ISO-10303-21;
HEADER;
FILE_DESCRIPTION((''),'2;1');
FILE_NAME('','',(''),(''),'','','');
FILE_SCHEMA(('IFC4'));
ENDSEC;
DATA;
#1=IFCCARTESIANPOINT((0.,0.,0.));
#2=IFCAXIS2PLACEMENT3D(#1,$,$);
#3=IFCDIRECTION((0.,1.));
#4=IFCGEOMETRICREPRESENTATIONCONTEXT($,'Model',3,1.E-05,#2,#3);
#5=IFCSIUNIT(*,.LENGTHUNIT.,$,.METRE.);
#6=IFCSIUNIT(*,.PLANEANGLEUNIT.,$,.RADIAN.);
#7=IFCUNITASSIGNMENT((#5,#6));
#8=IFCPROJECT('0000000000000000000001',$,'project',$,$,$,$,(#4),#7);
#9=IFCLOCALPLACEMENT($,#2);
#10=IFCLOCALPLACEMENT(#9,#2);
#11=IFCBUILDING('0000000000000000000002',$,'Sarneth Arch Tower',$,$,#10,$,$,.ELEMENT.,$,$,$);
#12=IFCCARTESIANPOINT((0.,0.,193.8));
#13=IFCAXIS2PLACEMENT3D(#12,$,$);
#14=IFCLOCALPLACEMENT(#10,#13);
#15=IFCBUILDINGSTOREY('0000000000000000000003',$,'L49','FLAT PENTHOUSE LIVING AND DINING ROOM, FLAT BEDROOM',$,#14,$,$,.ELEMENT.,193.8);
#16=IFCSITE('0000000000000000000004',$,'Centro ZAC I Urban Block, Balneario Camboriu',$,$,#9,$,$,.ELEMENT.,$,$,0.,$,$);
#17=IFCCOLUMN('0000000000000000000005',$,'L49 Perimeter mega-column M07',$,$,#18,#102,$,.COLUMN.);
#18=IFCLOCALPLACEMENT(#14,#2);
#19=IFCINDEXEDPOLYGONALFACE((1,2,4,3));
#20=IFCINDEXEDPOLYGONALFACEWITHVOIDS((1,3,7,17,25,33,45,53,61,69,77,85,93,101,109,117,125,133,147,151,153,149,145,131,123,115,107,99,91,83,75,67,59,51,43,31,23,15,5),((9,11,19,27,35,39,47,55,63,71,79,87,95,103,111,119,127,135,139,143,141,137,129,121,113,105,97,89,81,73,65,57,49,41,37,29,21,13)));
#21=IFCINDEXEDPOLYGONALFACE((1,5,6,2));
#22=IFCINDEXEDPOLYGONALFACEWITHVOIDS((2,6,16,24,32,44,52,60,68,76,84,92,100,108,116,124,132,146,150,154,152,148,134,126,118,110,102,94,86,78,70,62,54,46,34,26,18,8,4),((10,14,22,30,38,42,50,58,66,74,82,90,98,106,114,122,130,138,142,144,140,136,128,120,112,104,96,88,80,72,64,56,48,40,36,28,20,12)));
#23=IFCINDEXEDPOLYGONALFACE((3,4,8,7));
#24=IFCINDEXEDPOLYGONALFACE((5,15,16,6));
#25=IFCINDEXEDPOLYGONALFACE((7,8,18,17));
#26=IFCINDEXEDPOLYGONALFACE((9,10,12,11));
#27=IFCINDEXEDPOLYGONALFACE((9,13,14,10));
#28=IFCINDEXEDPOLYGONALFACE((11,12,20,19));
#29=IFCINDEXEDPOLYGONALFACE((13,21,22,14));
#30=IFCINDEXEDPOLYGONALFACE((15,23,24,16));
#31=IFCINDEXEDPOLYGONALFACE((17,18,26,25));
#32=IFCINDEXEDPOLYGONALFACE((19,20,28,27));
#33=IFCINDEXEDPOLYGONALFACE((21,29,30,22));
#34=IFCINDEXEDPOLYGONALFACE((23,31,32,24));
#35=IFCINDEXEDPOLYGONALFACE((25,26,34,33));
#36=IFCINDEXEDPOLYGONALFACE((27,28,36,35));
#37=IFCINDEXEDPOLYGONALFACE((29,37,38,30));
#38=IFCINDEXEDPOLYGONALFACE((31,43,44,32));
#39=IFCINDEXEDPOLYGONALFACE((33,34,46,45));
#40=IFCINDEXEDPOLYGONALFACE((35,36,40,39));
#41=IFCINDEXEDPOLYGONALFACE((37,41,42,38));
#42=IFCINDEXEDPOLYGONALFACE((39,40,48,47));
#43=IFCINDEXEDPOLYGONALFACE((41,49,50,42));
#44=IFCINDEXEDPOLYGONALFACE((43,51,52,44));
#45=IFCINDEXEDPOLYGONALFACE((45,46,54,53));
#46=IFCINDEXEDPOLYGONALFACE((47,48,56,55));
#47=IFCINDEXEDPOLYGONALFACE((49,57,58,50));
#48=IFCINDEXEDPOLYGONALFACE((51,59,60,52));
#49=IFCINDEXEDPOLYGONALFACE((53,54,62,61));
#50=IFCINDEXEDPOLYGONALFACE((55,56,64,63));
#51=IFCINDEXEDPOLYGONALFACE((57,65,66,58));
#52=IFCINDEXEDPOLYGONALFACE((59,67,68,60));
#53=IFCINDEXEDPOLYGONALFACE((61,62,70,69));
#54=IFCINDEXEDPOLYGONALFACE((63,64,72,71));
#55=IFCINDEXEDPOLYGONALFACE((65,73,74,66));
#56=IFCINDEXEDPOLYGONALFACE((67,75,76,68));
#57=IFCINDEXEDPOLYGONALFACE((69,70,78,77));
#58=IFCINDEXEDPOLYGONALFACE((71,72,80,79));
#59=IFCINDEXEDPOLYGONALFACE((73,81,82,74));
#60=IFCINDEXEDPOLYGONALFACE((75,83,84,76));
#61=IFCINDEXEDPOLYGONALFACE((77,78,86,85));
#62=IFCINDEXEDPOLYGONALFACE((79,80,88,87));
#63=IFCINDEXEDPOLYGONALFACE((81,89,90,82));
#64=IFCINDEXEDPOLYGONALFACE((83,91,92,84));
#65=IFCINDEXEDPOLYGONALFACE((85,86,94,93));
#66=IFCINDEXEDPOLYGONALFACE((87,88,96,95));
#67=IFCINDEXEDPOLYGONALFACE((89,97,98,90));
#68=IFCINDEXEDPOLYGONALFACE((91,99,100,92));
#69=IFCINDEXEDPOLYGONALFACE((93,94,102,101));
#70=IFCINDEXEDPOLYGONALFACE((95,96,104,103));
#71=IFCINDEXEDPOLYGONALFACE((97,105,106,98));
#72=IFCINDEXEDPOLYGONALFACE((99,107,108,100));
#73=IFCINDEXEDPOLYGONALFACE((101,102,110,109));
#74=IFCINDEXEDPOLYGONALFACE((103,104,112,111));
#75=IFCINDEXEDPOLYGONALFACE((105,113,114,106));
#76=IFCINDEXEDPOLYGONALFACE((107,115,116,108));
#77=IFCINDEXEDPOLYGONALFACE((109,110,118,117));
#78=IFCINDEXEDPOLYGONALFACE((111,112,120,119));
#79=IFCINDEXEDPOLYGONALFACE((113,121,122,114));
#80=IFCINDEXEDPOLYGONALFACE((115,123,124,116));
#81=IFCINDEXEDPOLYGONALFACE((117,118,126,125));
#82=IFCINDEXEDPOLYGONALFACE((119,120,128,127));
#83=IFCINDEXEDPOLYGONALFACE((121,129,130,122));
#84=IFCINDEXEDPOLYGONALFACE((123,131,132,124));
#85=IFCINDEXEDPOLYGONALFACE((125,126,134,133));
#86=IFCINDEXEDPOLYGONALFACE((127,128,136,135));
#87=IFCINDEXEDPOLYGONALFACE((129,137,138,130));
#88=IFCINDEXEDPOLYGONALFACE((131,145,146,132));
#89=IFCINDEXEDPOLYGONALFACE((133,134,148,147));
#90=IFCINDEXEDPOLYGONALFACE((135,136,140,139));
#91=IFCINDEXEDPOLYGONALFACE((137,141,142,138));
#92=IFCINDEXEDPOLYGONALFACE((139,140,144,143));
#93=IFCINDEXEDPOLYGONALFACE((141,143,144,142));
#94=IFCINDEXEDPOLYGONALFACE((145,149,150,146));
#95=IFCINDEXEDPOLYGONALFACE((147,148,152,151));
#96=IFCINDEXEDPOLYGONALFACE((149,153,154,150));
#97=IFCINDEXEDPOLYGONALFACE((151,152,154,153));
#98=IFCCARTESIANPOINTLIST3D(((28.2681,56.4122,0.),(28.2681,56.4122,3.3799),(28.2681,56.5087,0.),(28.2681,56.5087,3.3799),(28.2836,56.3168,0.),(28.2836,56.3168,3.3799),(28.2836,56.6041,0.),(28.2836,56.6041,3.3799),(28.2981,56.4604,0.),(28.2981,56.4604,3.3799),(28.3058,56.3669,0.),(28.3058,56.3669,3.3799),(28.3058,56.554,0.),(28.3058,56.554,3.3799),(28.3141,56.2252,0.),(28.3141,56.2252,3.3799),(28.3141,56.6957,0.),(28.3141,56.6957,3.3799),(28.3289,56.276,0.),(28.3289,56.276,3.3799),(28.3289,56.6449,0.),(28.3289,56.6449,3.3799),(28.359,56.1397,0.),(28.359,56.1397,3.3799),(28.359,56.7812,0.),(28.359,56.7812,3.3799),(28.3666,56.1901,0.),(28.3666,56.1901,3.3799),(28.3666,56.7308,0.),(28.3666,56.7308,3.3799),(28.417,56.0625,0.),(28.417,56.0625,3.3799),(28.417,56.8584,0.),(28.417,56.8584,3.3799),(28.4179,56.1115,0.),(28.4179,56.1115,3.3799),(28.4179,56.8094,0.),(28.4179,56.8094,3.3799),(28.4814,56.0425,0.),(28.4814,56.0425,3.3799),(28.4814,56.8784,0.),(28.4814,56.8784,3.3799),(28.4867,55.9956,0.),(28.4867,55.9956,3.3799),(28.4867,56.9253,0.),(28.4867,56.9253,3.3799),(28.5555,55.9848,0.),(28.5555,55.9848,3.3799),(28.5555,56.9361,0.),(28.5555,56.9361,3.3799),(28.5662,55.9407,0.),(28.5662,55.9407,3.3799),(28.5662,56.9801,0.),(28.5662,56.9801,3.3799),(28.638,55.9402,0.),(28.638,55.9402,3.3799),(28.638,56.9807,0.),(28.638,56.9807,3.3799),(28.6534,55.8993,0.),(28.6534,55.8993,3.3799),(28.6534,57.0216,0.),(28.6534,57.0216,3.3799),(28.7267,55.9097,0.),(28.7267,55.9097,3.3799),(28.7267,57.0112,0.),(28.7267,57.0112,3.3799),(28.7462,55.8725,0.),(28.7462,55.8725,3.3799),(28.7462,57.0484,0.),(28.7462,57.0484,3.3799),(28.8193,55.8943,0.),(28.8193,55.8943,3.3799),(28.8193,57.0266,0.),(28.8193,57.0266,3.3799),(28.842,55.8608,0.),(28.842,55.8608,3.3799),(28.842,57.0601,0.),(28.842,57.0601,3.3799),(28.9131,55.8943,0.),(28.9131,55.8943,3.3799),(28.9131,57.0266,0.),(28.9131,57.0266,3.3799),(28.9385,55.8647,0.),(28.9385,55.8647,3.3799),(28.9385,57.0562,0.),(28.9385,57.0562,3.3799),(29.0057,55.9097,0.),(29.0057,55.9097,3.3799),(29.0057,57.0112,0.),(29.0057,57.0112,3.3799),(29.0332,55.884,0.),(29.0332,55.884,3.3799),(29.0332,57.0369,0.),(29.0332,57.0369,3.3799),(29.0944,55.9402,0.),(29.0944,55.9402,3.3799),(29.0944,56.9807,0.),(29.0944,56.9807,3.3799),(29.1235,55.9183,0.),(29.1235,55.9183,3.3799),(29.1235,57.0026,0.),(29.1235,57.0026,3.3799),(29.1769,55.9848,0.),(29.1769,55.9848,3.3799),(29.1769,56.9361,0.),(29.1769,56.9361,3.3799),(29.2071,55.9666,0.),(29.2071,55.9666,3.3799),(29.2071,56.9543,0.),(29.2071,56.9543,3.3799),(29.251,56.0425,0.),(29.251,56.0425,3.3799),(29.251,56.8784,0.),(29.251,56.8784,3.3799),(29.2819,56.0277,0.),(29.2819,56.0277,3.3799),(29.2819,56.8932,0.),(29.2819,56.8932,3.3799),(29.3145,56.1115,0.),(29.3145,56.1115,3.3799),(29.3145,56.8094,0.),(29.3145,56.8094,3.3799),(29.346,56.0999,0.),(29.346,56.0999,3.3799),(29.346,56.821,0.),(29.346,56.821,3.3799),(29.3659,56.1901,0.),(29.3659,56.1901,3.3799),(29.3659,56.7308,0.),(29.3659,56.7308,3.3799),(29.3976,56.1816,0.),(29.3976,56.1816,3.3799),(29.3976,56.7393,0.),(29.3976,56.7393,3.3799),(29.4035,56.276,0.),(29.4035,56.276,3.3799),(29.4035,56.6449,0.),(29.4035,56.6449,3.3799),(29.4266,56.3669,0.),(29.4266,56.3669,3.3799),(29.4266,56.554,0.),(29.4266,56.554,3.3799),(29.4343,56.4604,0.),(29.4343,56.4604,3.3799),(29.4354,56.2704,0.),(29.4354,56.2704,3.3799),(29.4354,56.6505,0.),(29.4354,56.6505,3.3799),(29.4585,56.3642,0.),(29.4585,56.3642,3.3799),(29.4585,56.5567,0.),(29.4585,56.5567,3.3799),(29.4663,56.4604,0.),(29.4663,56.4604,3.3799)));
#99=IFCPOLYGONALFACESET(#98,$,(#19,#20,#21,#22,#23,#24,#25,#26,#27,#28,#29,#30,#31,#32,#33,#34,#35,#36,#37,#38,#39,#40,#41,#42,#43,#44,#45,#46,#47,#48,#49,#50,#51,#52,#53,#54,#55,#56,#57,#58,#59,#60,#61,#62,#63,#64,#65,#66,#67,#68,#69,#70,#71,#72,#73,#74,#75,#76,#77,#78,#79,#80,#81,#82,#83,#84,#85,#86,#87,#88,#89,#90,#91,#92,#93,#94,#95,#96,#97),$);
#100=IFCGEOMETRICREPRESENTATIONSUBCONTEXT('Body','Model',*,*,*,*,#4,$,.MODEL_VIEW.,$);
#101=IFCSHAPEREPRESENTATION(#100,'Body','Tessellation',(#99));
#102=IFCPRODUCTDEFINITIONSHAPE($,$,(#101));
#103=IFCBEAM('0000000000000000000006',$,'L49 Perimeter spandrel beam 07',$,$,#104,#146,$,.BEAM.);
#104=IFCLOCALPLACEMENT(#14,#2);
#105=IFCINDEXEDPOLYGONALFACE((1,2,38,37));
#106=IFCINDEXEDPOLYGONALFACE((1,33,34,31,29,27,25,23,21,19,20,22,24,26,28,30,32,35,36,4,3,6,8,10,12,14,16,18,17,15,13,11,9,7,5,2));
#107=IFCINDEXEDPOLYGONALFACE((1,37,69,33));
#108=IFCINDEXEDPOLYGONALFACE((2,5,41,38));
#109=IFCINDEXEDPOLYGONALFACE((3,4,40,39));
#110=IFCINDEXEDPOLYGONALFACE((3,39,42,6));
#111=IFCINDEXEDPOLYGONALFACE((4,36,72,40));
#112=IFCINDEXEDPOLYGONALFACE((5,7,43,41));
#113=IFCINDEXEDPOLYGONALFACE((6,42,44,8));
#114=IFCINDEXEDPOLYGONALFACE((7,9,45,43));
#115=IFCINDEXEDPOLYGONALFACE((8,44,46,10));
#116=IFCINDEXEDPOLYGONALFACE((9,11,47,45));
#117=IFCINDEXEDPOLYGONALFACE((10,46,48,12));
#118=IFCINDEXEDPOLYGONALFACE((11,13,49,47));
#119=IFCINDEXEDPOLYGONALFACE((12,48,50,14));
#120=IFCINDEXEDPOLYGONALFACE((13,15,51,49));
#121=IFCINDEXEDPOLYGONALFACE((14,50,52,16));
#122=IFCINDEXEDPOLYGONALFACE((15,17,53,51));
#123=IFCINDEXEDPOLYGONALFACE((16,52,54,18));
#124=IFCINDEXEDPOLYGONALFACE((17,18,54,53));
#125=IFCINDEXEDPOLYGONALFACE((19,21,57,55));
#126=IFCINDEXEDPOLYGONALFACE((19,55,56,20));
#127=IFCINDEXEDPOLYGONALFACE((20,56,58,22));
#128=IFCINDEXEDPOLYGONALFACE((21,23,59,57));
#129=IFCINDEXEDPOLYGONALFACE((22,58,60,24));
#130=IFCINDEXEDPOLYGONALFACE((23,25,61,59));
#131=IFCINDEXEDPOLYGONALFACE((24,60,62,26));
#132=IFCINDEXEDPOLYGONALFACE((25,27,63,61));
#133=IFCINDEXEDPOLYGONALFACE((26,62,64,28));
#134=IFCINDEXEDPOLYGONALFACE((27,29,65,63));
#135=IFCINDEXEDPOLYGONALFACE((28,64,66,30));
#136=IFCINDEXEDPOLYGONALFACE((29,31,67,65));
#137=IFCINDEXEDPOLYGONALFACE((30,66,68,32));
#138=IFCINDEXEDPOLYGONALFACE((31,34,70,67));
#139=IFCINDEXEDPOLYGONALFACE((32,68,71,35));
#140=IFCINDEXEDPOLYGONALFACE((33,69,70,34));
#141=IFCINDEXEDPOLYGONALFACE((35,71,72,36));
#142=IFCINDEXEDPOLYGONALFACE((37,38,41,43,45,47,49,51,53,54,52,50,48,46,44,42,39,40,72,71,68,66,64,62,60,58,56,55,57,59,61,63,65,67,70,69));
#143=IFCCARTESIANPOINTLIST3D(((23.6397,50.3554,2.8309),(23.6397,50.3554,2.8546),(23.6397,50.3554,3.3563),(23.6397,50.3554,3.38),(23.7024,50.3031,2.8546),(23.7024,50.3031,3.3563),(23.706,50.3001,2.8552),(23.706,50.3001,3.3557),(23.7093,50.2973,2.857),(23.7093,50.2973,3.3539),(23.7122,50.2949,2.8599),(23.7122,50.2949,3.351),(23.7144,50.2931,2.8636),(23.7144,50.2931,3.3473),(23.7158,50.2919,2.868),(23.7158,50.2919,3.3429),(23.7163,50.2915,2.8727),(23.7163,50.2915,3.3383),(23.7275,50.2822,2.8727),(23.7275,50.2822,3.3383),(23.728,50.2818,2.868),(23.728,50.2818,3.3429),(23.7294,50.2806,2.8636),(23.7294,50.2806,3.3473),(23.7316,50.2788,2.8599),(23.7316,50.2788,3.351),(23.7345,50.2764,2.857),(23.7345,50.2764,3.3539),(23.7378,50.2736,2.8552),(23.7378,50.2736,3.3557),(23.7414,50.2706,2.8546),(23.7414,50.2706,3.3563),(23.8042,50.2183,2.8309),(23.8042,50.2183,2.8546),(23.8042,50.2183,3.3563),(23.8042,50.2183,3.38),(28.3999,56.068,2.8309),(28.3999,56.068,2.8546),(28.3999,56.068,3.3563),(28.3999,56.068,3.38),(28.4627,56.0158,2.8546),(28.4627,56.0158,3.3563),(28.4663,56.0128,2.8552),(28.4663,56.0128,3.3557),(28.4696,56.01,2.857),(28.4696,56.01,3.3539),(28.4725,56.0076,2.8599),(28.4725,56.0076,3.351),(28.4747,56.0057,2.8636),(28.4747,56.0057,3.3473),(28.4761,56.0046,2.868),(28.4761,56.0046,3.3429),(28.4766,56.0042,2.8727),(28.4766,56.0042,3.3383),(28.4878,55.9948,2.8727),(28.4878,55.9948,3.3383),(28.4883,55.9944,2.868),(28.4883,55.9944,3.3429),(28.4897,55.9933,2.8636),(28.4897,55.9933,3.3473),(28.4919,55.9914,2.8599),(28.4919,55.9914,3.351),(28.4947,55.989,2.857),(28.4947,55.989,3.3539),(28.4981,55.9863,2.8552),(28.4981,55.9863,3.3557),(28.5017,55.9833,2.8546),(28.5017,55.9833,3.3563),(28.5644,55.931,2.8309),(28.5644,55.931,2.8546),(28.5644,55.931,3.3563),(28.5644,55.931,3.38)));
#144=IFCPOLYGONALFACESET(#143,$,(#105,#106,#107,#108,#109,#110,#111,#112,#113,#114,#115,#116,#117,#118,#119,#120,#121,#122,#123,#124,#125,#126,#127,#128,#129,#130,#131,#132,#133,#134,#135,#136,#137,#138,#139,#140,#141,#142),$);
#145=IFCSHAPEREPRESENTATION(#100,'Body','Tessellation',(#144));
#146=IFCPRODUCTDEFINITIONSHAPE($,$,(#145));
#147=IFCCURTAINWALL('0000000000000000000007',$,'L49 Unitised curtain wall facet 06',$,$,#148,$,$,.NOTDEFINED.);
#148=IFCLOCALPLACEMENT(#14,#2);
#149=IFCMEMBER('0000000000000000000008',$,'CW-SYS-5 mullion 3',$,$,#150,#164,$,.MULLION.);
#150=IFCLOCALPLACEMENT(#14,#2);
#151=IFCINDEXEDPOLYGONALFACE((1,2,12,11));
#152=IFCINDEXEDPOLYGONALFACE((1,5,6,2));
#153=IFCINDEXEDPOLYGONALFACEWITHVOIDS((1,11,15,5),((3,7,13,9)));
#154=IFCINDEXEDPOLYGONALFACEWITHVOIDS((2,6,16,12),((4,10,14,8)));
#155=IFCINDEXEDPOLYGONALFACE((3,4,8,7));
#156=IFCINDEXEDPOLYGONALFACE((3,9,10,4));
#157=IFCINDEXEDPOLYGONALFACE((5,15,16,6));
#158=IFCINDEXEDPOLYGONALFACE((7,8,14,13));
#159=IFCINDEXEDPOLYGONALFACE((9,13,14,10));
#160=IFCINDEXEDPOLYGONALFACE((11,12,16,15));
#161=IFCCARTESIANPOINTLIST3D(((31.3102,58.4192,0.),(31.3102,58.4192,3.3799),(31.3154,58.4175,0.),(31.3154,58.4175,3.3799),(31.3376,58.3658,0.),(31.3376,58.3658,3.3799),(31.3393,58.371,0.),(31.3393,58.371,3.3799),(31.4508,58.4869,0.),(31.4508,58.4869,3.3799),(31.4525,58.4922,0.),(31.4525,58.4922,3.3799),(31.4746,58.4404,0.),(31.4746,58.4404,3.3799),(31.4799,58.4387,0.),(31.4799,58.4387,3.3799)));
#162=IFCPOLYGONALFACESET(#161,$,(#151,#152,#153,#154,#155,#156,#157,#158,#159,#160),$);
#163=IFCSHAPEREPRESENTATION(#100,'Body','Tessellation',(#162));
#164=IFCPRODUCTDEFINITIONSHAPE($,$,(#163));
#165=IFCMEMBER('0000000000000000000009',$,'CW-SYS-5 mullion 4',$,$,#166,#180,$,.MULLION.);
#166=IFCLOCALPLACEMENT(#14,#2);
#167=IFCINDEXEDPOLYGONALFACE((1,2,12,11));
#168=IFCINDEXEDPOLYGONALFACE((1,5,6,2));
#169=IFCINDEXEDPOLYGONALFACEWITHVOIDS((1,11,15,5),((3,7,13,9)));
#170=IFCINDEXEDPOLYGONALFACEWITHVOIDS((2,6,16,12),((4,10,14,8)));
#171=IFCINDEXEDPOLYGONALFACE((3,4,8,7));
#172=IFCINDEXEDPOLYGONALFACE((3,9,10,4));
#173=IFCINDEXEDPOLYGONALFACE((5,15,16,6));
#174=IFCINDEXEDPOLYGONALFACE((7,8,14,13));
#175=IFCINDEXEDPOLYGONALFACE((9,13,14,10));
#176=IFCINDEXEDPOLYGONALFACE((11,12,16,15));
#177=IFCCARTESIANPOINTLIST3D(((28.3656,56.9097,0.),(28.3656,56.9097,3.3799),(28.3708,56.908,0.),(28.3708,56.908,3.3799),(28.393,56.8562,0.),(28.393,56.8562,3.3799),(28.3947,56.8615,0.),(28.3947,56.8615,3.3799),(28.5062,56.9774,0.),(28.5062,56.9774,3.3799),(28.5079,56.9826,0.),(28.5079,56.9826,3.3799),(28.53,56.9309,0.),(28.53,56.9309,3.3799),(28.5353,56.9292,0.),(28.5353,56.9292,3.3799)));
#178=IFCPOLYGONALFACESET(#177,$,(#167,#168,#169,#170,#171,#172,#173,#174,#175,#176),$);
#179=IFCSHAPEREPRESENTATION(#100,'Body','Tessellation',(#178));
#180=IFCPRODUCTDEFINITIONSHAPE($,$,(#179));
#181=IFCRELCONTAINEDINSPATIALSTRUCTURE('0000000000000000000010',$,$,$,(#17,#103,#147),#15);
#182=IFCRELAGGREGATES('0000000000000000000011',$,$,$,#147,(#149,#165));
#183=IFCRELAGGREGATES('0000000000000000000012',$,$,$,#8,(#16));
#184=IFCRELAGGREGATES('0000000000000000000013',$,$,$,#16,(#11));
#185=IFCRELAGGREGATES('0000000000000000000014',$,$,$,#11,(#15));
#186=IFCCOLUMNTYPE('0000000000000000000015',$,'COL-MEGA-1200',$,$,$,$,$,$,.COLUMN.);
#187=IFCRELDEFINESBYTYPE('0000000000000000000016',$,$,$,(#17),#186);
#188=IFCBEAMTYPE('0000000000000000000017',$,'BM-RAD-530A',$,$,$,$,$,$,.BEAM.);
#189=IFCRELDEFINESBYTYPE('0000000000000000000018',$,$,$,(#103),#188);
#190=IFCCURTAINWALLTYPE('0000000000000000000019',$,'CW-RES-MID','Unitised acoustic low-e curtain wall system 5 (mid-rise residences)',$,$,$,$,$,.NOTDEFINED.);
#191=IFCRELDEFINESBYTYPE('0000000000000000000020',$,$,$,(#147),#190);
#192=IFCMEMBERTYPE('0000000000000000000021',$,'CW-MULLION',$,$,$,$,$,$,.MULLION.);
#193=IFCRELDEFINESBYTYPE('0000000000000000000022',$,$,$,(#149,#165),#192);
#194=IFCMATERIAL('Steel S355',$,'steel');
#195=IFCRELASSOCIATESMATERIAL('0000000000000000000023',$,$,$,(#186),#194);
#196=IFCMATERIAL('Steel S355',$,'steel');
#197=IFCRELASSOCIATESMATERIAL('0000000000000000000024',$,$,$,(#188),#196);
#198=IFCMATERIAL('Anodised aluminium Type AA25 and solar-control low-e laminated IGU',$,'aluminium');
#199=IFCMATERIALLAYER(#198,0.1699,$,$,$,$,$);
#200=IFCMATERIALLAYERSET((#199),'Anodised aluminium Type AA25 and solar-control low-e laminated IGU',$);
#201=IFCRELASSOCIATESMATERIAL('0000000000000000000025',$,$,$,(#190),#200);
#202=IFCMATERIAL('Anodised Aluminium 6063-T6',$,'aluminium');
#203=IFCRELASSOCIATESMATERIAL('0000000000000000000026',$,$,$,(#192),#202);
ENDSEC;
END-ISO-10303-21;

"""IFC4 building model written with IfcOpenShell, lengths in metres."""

from ifc_helpers import new_model, si_unit, direction, frame, origin, origin_2d, place, context, subcontext, project, spatial, hollow_rectangle, hollow_circle, i_section, extrude, material, layer, layer_set, material_profile, profile_set, type_object, element, aggregate, save


model = new_model("IFC4")

# Units and contexts
model_context = context("Model", 3, precision=1e-05, world=origin(), true_north=direction((0.0, 1.0)))
body_context = subcontext(model_context, "Body", "Model", "MODEL_VIEW")
ifc_project = project(units=[si_unit("LENGTHUNIT", "METRE"), si_unit("PLANEANGLEUNIT", "RADIAN")], contexts=[model_context])

# Site, building, storey
site_placement = place(None, origin())
site = spatial("IfcSite", under=ifc_project, at=site_placement, Name="Centro ZAC I Urban Block, Balneario Camboriu", CompositionType="ELEMENT", RefElevation=0.0)
building_placement = place(site_placement, origin())
building = spatial("IfcBuilding", under=site, at=building_placement, Name="Sarneth Arch Tower", CompositionType="ELEMENT")
storey_placement = place(building_placement, frame((0.0, 0.0, 193.8)))
storey = spatial("IfcBuildingStorey", under=building, at=storey_placement, Name="L49", Description="FLAT PENTHOUSE LIVING AND DINING ROOM, FLAT BEDROOM", CompositionType="ELEMENT", Elevation=193.8)

# Column
ifc_material_1 = material(Name="Steel S355", Category="steel")
ifc_material_profile_1 = material_profile(ifc_material_1, hollow_circle(Radius=0.6001, WallThickness=0.032, at=origin_2d()), Name="CHS1200x32")
ifc_profile_set_1 = profile_set([ifc_material_profile_1], Name="Steel S355")
column_type = type_object("IfcColumnType", Name="COL-MEGA-1200", PredefinedType="COLUMN", material=ifc_profile_set_1)
column_placement = place(storey_placement, frame((28.8662, 56.4604, 0.0), z_axis=(0.0, 0.0, 1.0), x_axis=(1.0, 0.0, 0.0)))
element("IfcColumn", 1, at=column_placement, inside=storey, type_object=column_type, Name="L49 Perimeter mega-column M07", PredefinedType="COLUMN", context=body_context, shape_type="SweptSolid", body=[
    extrude(hollow_circle(Radius=0.6001, WallThickness=0.032, at=origin_2d()), origin(), (0.0, 0.0, 1.0), 3.3799),
])

# Beam
ifc_material_2 = material(Name="Steel S355", Category="steel")
ifc_material_profile_2 = material_profile(ifc_material_2, i_section(OverallWidth=0.2141, OverallDepth=0.5491, WebThickness=0.0146, FlangeThickness=0.0237, FilletRadius=0.0181, at=origin_2d()), Name="W530x138")
ifc_profile_set_2 = profile_set([ifc_material_profile_2], Name="Steel S355")
beam_type = type_object("IfcBeamType", Name="BM-RAD-530A", PredefinedType="BEAM", material=ifc_profile_set_2)
beam_placement = place(storey_placement, frame((28.4822, 55.9995, 3.1055), z_axis=(-0.640162, -0.76824, 0.0), x_axis=(0.76824, -0.640162, 0.0)))
element("IfcBeam", 2, at=beam_placement, inside=storey, type_object=beam_type, Name="L49 Perimeter spandrel beam 07", PredefinedType="BEAM", context=body_context, shape_type="SweptSolid", body=[
    extrude(i_section(OverallWidth=0.2141, OverallDepth=0.5491, WebThickness=0.0146, FlangeThickness=0.0237, FilletRadius=0.0181, at=origin_2d()), origin(), (0.0, 0.0, 1.0), 7.436),
])

# Curtain wall, members
ifc_material_3 = material(Name="Anodised aluminium Type AA25 and solar-control low-e laminated IGU", Category="aluminium")
ifc_layer_1 = layer(ifc_material_3, 0.1699)
ifc_layer_set_1 = layer_set([ifc_layer_1], Name="Anodised aluminium Type AA25 and solar-control low-e laminated IGU")
curtain_wall_type = type_object("IfcCurtainWallType", Name="CW-RES-MID", Description="Unitised acoustic low-e curtain wall system 5 (mid-rise residences)", PredefinedType="NOTDEFINED", material=ifc_layer_set_1)
curtain_wall_placement = place(storey_placement, origin())
curtain_wall = element("IfcCurtainWall", 3, at=curtain_wall_placement, inside=storey, type_object=curtain_wall_type, Name="L49 Unitised curtain wall facet 06", PredefinedType="NOTDEFINED")
ifc_material_4 = material(Name="Anodised Aluminium 6063-T6", Category="aluminium")
ifc_material_profile_3 = material_profile(ifc_material_4, hollow_rectangle(XDim=0.0601, YDim=0.1599, WallThickness=0.0039, at=origin_2d()), Name="AL-MULL-160x60x4")
ifc_profile_set_3 = profile_set([ifc_material_profile_3], Name="Anodised Aluminium 6063-T6")
member_type_1 = type_object("IfcMemberType", Name="CW-MULLION", PredefinedType="MULLION", material=ifc_profile_set_3)
member_1_placement = place(storey_placement, frame((31.395, 58.429, 0.0), z_axis=(0.0, 0.0, 1.0), x_axis=(0.456208, -0.889873, 0.0)))
member_1 = element("IfcMember", 4, at=member_1_placement, type_object=member_type_1, Name="CW-SYS-5 mullion 3", PredefinedType="MULLION", context=body_context, shape_type="SweptSolid", body=[
    extrude(hollow_rectangle(XDim=0.0601, YDim=0.1599, WallThickness=0.0039, at=origin_2d()), origin(), (0.0, 0.0, 1.0), 3.3799),
])
member_2_placement = place(storey_placement, frame((28.4504, 56.9194, 0.0), z_axis=(0.0, 0.0, 1.0), x_axis=(0.456208, -0.889873, 0.0)))
member_2 = element("IfcMember", 5, at=member_2_placement, type_object=member_type_1, Name="CW-SYS-5 mullion 4", PredefinedType="MULLION", context=body_context, shape_type="SweptSolid", body=[
    extrude(hollow_rectangle(XDim=0.0601, YDim=0.1599, WallThickness=0.0039, at=origin_2d()), origin(), (0.0, 0.0, 1.0), 3.3799),
])

aggregate(curtain_wall, [member_1, member_2])

save(model, "model.ifc")
